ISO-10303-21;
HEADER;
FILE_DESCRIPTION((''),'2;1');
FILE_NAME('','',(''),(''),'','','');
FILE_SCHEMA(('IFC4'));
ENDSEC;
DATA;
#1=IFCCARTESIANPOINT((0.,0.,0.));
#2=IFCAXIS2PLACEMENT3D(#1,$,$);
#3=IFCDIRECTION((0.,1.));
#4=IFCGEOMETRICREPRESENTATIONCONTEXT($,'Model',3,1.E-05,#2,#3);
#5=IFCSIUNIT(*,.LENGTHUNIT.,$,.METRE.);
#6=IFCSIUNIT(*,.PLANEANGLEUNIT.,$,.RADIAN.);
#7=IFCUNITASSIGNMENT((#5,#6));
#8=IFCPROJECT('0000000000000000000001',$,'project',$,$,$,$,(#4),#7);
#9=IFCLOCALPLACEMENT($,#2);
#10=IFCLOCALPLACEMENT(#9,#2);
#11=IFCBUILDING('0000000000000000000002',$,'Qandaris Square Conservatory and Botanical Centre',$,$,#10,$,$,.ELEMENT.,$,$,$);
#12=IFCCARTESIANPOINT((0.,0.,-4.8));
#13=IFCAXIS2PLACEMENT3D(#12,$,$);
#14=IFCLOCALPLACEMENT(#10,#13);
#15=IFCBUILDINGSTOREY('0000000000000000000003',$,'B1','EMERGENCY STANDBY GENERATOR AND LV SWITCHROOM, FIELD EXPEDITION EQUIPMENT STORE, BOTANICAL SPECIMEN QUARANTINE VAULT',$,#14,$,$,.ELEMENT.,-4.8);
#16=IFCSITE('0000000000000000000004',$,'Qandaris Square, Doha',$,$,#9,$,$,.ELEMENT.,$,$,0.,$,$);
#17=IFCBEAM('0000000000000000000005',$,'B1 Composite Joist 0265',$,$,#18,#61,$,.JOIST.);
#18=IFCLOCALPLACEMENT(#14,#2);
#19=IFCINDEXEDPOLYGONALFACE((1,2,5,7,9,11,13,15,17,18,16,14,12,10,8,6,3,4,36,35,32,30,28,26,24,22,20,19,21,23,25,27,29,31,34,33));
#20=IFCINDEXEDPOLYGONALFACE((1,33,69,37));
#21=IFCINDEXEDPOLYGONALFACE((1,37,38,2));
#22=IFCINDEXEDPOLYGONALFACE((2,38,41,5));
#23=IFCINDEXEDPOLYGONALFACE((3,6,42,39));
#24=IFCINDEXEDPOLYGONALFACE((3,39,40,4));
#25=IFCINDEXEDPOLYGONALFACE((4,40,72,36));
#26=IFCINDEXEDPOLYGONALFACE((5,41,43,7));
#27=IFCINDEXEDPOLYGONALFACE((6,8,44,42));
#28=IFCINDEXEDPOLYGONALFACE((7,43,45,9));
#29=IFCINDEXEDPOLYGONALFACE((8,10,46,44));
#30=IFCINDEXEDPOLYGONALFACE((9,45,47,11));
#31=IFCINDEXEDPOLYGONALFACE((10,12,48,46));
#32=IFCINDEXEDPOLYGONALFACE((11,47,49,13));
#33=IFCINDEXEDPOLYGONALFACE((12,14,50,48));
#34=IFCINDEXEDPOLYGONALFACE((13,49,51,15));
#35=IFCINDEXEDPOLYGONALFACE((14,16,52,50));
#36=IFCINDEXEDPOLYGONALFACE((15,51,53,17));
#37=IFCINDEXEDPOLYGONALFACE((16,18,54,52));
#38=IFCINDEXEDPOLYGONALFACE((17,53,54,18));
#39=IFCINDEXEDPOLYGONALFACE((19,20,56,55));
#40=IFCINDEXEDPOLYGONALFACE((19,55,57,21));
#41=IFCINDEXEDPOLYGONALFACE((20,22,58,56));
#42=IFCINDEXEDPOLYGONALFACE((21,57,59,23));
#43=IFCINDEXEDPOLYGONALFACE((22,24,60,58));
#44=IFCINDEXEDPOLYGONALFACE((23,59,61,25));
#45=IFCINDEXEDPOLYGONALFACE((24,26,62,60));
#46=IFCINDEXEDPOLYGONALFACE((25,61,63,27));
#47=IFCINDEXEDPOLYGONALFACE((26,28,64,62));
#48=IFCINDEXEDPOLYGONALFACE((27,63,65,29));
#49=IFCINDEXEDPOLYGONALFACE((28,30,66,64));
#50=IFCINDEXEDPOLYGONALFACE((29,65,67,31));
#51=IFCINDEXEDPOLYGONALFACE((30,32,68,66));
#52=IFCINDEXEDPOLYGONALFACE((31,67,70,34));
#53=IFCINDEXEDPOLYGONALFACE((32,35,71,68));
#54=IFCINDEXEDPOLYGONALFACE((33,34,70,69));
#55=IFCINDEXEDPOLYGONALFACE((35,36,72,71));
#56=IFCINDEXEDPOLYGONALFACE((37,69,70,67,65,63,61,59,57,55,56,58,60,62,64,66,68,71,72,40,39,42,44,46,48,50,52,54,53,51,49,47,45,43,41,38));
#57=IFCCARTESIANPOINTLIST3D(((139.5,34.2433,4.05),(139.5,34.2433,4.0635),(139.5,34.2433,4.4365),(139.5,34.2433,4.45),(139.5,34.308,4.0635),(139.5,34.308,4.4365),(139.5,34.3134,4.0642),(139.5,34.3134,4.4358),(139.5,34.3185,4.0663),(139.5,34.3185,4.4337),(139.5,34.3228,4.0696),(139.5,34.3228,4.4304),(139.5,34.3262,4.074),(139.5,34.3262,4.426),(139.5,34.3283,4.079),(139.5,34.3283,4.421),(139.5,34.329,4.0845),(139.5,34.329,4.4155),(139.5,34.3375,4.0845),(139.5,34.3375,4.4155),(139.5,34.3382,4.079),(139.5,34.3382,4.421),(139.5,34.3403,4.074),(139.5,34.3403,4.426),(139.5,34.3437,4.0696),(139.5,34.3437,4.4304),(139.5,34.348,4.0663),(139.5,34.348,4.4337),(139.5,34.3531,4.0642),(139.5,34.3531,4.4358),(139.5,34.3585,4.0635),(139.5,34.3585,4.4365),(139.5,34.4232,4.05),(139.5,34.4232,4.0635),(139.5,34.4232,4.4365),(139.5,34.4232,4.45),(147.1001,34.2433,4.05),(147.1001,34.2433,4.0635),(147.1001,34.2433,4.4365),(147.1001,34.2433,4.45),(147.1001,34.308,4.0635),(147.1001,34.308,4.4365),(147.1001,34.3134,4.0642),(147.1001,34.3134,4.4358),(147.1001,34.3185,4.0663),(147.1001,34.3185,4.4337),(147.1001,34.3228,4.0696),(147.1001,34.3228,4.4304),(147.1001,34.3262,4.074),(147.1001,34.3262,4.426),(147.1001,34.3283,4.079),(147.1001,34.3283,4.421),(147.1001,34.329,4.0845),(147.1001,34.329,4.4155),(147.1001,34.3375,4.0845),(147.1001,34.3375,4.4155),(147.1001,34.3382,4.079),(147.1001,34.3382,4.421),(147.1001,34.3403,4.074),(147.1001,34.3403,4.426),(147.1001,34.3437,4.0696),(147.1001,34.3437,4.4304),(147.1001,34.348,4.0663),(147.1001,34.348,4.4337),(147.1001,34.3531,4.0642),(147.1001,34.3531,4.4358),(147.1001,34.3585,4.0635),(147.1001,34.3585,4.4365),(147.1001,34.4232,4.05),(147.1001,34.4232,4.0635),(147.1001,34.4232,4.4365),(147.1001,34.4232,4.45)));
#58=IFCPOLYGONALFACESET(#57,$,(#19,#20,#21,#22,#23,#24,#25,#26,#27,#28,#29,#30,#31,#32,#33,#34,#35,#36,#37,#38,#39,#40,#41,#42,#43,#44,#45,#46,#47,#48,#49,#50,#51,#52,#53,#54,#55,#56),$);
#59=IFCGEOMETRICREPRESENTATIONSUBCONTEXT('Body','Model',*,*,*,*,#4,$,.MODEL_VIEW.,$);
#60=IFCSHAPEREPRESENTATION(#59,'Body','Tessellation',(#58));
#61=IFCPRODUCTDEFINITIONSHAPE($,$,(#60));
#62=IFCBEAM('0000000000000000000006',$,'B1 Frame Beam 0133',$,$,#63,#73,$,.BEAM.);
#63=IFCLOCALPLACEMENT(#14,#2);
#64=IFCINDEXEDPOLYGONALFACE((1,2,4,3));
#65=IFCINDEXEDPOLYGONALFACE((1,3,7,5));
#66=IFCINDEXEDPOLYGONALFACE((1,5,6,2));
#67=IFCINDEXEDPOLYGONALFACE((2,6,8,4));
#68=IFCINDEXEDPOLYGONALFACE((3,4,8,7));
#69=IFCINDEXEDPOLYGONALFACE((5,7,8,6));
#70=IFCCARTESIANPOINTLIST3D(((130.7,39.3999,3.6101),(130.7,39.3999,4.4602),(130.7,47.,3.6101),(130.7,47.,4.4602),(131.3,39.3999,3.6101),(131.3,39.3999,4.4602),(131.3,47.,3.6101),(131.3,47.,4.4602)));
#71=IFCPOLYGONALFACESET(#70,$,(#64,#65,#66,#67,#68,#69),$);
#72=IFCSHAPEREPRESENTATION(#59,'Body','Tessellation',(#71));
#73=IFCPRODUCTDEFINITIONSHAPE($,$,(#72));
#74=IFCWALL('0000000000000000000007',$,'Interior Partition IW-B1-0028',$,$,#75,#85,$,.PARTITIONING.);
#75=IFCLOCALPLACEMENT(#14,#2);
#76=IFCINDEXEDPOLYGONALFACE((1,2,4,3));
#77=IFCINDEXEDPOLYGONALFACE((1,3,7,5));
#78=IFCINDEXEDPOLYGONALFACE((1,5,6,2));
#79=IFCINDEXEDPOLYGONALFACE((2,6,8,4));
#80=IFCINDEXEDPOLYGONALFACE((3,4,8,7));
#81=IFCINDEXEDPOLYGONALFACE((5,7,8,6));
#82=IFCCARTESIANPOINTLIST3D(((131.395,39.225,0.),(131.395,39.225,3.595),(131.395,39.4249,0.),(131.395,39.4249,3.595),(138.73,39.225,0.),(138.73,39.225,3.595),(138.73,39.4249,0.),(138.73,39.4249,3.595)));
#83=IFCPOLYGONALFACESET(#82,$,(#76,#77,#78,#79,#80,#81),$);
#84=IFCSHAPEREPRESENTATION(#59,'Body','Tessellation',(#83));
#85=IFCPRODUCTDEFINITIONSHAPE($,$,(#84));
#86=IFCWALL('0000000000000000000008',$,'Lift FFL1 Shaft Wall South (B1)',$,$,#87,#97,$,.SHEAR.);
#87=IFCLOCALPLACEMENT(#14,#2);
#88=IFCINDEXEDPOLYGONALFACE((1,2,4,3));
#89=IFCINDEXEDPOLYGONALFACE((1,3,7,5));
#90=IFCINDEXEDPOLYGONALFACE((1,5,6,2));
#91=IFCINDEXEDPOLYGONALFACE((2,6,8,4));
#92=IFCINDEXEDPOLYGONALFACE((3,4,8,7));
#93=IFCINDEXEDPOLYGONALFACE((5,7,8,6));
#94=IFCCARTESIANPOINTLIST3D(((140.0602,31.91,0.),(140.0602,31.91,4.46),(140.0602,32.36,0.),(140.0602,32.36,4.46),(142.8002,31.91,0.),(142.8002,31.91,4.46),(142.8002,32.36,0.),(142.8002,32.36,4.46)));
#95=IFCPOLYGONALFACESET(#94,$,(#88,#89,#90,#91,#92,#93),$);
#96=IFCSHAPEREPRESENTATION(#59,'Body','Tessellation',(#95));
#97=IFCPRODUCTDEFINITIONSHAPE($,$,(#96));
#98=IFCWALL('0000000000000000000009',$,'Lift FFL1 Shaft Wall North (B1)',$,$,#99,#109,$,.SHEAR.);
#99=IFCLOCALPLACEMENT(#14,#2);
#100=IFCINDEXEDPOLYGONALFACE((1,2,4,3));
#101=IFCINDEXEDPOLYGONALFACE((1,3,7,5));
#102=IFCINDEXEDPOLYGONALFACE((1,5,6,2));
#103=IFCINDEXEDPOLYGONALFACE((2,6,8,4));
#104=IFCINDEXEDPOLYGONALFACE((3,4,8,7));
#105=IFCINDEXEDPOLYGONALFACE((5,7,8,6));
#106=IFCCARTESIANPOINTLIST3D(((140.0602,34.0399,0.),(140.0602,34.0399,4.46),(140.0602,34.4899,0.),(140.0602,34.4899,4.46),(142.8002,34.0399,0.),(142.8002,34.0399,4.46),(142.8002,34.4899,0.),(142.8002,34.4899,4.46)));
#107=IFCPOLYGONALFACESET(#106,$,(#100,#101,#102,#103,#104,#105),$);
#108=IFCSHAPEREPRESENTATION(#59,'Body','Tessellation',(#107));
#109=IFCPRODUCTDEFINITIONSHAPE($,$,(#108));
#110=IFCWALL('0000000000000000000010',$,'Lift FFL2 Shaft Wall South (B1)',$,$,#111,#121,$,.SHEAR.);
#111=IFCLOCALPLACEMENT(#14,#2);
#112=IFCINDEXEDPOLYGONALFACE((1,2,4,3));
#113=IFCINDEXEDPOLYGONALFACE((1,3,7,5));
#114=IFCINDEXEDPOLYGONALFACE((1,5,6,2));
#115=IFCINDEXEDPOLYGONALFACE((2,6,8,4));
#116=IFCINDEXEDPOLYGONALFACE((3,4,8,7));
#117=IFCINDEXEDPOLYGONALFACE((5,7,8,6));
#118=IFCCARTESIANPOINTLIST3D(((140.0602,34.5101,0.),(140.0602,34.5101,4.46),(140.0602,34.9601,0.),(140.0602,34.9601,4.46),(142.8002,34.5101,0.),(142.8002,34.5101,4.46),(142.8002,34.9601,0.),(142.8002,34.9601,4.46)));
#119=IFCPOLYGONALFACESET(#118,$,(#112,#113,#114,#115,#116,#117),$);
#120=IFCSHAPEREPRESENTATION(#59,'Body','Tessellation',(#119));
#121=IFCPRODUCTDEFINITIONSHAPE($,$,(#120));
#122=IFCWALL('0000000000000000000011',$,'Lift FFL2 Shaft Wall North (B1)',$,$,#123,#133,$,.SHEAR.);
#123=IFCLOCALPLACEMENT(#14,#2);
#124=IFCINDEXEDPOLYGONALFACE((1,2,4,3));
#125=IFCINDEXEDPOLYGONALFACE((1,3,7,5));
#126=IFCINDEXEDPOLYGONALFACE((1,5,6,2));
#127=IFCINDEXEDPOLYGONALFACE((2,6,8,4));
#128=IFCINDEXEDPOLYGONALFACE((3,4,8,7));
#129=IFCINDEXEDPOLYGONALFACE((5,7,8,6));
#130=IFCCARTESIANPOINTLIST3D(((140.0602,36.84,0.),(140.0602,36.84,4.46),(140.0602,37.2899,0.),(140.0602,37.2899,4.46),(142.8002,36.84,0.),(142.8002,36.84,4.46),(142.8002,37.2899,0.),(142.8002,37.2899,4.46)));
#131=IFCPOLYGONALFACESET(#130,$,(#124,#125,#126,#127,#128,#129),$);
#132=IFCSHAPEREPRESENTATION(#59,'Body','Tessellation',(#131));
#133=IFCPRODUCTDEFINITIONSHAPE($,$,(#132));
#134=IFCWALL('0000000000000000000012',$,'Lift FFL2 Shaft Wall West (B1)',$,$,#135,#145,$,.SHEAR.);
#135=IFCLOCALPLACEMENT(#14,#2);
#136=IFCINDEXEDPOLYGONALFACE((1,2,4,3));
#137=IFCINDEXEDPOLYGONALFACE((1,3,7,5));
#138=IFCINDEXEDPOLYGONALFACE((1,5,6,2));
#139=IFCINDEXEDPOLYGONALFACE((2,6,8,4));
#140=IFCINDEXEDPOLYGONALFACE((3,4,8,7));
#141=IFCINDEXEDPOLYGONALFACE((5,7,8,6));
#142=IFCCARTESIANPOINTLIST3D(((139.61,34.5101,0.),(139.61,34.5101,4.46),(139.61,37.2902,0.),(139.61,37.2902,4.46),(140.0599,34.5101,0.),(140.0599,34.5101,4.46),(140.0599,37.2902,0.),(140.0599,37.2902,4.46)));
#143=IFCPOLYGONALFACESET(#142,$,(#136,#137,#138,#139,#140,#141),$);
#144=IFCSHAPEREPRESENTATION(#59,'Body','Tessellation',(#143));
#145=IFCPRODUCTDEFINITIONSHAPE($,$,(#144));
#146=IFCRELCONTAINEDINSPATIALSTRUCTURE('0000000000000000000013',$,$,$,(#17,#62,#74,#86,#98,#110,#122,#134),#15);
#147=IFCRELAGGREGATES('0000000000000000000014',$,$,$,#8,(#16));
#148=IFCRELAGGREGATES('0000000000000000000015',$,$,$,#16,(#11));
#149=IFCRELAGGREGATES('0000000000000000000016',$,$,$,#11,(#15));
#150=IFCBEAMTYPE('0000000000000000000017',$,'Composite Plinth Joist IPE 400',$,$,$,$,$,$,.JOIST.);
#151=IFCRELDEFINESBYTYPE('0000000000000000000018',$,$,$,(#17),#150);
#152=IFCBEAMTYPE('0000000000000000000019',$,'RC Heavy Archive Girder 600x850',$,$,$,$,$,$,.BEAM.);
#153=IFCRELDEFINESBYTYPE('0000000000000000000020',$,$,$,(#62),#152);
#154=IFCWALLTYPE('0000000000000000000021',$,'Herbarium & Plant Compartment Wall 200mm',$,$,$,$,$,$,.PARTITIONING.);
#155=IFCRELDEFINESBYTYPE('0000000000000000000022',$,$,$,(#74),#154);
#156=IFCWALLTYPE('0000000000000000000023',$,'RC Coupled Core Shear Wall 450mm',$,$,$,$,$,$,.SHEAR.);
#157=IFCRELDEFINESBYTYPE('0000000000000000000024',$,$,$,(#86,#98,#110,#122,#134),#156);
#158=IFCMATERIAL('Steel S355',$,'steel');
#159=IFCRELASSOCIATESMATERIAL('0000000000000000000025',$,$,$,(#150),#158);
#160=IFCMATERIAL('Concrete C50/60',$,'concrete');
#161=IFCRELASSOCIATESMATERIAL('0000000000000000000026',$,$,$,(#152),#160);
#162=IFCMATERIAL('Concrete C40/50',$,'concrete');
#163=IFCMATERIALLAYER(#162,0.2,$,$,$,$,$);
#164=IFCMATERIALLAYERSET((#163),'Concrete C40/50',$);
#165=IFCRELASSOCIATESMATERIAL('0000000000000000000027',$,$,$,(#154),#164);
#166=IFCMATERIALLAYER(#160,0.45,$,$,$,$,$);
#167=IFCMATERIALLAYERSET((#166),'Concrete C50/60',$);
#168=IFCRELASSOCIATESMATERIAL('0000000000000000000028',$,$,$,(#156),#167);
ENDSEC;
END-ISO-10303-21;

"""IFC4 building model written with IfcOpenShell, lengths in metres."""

from ifc_helpers import new_model, si_unit, direction, frame, frame_2d, origin, origin_2d, place, context, subcontext, project, spatial, rectangle, i_section, extrude, material, layer, layer_set, material_profile, profile_set, type_object, element, save


model = new_model("IFC4")

# Units and contexts
model_context = context("Model", 3, precision=1e-05, world=origin(), true_north=direction((0.0, 1.0)))
body_context = subcontext(model_context, "Body", "Model", "MODEL_VIEW")
ifc_project = project(units=[si_unit("LENGTHUNIT", "METRE"), si_unit("PLANEANGLEUNIT", "RADIAN")], contexts=[model_context])

# Site, building, storey
site_placement = place(None, origin())
site = spatial("IfcSite", under=ifc_project, at=site_placement, Name="Qandaris Square, Doha", CompositionType="ELEMENT", RefElevation=0.0)
building_placement = place(site_placement, origin())
building = spatial("IfcBuilding", under=site, at=building_placement, Name="Qandaris Square Conservatory and Botanical Centre", CompositionType="ELEMENT")
storey_placement = place(building_placement, frame((0.0, 0.0, -4.8)))
storey = spatial("IfcBuildingStorey", under=building, at=storey_placement, Name="B1", Description="EMERGENCY STANDBY GENERATOR AND LV SWITCHROOM, FIELD EXPEDITION EQUIPMENT STORE, BOTANICAL SPECIMEN QUARANTINE VAULT", CompositionType="ELEMENT", Elevation=-4.8)

# Shared definitions
ifc_material_1 = material(Name="Concrete C50/60", Category="concrete")

# Shared definitions
ifc_material_2 = material(Name="Concrete C40/50", Category="concrete")

# Beams
ifc_material_3 = material(Name="Steel S355", Category="steel")
ifc_material_profile_1 = material_profile(ifc_material_3, i_section(OverallWidth=0.1799, OverallDepth=0.3999, WebThickness=0.0085, FlangeThickness=0.0134, FilletRadius=0.021, at=origin_2d()), Name="IPE 400")
ifc_profile_set_1 = profile_set([ifc_material_profile_1], Name="Steel S355")
beam_type_1 = type_object("IfcBeamType", Name="Composite Plinth Joist IPE 400", PredefinedType="JOIST", material=ifc_profile_set_1)
beam_1_placement = place(storey_placement, frame((139.5, 34.3333, 4.25), z_axis=(1.0, 0.0, 0.0), x_axis=(0.0, 1.0, 0.0)))
element("IfcBeam", 1, at=beam_1_placement, inside=storey, type_object=beam_type_1, Name="B1 Composite Joist 0265", PredefinedType="JOIST", context=body_context, shape_type="SweptSolid", body=[
    extrude(i_section(OverallWidth=0.1799, OverallDepth=0.3999, WebThickness=0.0085, FlangeThickness=0.0134, FilletRadius=0.021, at=origin_2d()), origin(), (0.0, 0.0, 1.0), 7.6001),
])
ifc_material_profile_2 = material_profile(ifc_material_1, rectangle(XDim=0.6001, YDim=0.8501, at=origin_2d()), Name="RC-BM 600x850")
ifc_profile_set_2 = profile_set([ifc_material_profile_2], Name="Concrete C50/60")
beam_type_2 = type_object("IfcBeamType", Name="RC Heavy Archive Girder 600x850", PredefinedType="BEAM", material=ifc_profile_set_2)
beam_2_placement = place(storey_placement, frame((131.0, 39.3999, 4.0352), z_axis=(0.0, 1.0, 0.0), x_axis=(-1.0, 0.0, 0.0)))
element("IfcBeam", 2, at=beam_2_placement, inside=storey, type_object=beam_type_2, Name="B1 Frame Beam 0133", PredefinedType="BEAM", context=body_context, shape_type="SweptSolid", body=[
    extrude(rectangle(XDim=0.6001, YDim=0.8501, at=origin_2d()), origin(), (0.0, 0.0, 1.0), 7.6001),
])

# Walls
ifc_layer_1 = layer(ifc_material_2, 0.2)
ifc_layer_set_1 = layer_set([ifc_layer_1], Name="Concrete C40/50")
wall_type_1 = type_object("IfcWallType", Name="Herbarium & Plant Compartment Wall 200mm", PredefinedType="PARTITIONING", material=ifc_layer_set_1)
wall_1_placement = place(storey_placement, frame((131.395, 39.325, 0.0), z_axis=(0.0, 0.0, 1.0), x_axis=(1.0, 0.0, 0.0)))
element("IfcWall", 3, at=wall_1_placement, inside=storey, type_object=wall_type_1, Name="Interior Partition IW-B1-0028", PredefinedType="PARTITIONING", context=body_context, shape_type="SweptSolid", body=[
    extrude(rectangle(XDim=7.335, YDim=0.2, at=frame_2d((3.6675, 0.0))), origin(), (0.0, 0.0, 1.0), 3.595),
])
ifc_layer_2 = layer(ifc_material_1, 0.45)
ifc_layer_set_2 = layer_set([ifc_layer_2], Name="Concrete C50/60")
wall_type_2 = type_object("IfcWallType", Name="RC Coupled Core Shear Wall 450mm", PredefinedType="SHEAR", material=ifc_layer_set_2)
for number, where, z_axis, x_axis, name in (
    (4, (140.0601, 32.135, 0.0), (0.0, 0.0, 1.0), (1.0, 0.0, 0.0), "Lift FFL1 Shaft Wall South (B1)"),
    (5, (140.0601, 34.2649, 0.0), (0.0, 0.0, 1.0), (1.0, 0.0, 0.0), "Lift FFL1 Shaft Wall North (B1)"),
    (6, (140.0601, 34.7351, 0.0), (0.0, 0.0, 1.0), (1.0, 0.0, 0.0), "Lift FFL2 Shaft Wall South (B1)"),
    (7, (140.0601, 37.0649, 0.0), (0.0, 0.0, 1.0), (1.0, 0.0, 0.0), "Lift FFL2 Shaft Wall North (B1)"),
):
    element("IfcWall", number, at=place(storey_placement, frame(where, z_axis=z_axis, x_axis=x_axis)), inside=storey, type_object=wall_type_2, Name=name, PredefinedType="SHEAR", context=body_context, shape_type="SweptSolid", body=[
        extrude(rectangle(XDim=2.74, YDim=0.45, at=frame_2d((1.3701, 0.0))), origin(), (0.0, 0.0, 1.0), 4.46),
    ])
wall_2_placement = place(storey_placement, frame((139.835, 34.51, 0.0), z_axis=(0.0, 0.0, 1.0), x_axis=(0.0, 1.0, 0.0)))
element("IfcWall", 8, at=wall_2_placement, inside=storey, type_object=wall_type_2, Name="Lift FFL2 Shaft Wall West (B1)", PredefinedType="SHEAR", context=body_context, shape_type="SweptSolid", body=[
    extrude(rectangle(XDim=2.78, YDim=0.45, at=frame_2d((1.3901, 0.0))), origin(), (0.0, 0.0, 1.0), 4.46),
])

save(model, "model.ifc")
